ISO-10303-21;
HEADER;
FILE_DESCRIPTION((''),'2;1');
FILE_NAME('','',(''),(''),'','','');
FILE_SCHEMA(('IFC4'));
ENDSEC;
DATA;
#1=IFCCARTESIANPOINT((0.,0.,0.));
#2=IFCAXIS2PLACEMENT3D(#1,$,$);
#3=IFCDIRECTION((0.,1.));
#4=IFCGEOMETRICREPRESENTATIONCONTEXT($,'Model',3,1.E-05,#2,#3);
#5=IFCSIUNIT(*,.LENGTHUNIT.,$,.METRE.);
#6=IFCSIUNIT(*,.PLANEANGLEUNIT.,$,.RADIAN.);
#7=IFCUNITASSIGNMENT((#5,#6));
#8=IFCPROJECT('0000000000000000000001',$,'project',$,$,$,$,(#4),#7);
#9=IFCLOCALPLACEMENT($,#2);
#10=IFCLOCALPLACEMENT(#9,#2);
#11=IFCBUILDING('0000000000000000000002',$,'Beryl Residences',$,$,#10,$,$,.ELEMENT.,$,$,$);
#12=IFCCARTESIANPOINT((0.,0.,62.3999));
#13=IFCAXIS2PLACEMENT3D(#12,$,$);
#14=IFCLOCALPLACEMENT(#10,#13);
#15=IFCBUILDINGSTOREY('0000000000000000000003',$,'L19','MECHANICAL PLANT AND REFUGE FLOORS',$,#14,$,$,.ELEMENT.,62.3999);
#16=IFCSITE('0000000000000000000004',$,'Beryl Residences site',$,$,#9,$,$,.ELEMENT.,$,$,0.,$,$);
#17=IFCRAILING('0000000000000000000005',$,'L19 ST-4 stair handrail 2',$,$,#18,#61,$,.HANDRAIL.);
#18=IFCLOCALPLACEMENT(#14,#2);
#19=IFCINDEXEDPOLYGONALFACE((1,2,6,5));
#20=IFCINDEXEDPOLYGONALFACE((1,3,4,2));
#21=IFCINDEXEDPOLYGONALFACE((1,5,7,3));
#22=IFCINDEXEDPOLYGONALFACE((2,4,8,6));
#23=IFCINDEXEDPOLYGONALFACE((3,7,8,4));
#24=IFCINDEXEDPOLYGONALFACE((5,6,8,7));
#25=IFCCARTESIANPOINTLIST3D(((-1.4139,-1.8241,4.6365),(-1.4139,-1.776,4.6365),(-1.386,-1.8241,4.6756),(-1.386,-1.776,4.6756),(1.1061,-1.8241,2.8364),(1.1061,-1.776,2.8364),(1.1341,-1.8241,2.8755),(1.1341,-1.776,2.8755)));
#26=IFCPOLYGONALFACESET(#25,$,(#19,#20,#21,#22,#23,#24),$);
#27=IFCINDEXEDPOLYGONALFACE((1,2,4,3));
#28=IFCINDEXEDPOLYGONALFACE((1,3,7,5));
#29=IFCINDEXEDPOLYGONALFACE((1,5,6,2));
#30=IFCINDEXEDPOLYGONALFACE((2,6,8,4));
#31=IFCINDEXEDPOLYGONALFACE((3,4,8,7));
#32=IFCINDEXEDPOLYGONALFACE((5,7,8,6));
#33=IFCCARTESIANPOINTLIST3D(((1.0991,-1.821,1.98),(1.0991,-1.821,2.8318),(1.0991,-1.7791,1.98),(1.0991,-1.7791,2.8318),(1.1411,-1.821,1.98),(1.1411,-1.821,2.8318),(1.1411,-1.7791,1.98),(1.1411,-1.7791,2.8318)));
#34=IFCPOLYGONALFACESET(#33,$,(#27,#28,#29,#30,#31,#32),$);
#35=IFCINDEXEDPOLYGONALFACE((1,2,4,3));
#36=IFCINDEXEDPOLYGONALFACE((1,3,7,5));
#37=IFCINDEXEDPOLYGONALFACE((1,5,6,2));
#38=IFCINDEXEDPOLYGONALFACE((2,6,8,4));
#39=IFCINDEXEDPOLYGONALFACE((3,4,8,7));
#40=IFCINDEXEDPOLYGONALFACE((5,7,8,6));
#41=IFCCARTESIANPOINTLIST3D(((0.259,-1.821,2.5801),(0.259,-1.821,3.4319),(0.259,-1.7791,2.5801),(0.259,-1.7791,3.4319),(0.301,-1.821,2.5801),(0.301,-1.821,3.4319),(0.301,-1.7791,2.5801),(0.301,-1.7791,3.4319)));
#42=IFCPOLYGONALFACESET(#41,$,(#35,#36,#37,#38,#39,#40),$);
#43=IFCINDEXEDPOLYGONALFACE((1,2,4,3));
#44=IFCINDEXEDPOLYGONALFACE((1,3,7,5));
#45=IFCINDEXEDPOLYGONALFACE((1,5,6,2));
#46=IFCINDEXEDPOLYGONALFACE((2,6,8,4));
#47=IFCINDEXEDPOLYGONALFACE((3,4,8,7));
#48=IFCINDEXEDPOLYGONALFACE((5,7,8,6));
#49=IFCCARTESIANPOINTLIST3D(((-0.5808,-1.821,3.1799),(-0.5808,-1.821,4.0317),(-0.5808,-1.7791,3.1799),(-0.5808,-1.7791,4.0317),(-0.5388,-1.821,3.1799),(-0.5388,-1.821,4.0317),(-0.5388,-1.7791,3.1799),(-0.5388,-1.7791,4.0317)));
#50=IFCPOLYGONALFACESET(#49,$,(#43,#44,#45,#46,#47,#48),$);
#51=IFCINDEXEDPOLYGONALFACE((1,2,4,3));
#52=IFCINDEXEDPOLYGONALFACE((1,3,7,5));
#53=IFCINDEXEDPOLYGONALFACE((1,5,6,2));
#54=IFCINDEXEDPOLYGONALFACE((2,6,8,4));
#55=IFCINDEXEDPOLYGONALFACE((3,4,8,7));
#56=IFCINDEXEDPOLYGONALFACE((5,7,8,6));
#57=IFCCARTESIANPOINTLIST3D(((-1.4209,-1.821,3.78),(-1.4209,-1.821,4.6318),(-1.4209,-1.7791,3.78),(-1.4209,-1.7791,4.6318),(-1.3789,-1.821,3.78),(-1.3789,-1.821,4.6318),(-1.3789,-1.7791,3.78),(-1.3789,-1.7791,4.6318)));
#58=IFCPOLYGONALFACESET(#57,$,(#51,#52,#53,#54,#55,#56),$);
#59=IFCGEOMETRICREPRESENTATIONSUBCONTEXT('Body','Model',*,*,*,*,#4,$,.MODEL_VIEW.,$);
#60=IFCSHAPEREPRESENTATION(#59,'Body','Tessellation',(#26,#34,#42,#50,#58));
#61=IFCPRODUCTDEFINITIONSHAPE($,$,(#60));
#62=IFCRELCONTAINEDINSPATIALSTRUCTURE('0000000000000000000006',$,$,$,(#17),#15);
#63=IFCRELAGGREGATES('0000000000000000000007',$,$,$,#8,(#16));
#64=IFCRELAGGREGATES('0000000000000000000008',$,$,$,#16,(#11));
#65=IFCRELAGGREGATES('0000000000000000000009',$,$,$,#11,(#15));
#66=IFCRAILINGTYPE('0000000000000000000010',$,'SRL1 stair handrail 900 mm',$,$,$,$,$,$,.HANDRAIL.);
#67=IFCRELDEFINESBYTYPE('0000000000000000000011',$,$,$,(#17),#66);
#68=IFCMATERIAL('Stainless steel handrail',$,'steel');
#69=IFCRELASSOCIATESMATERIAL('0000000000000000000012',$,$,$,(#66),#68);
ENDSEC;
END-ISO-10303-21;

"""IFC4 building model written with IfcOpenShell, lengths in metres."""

from ifc_helpers import new_model, si_unit, direction, frame, origin, origin_2d, place, context, subcontext, project, spatial, rectangle, extrude, material, type_object, element, save


model = new_model("IFC4")

# Units and contexts
model_context = context("Model", 3, precision=1e-05, world=origin(), true_north=direction((0.0, 1.0)))
body_context = subcontext(model_context, "Body", "Model", "MODEL_VIEW")
ifc_project = project(units=[si_unit("LENGTHUNIT", "METRE"), si_unit("PLANEANGLEUNIT", "RADIAN")], contexts=[model_context])

# Site, building, storey
site_placement = place(None, origin())
site = spatial("IfcSite", under=ifc_project, at=site_placement, Name="Beryl Residences site", CompositionType="ELEMENT", RefElevation=0.0)
building_placement = place(site_placement, origin())
building = spatial("IfcBuilding", under=site, at=building_placement, Name="Beryl Residences", CompositionType="ELEMENT")
storey_placement = place(building_placement, frame((0.0, 0.0, 62.3999)))
storey = spatial("IfcBuildingStorey", under=building, at=storey_placement, Name="L19", Description="MECHANICAL PLANT AND REFUGE FLOORS", CompositionType="ELEMENT", Elevation=62.3999)

# Railing
ifc_material_1 = material(Name="Stainless steel handrail", Category="steel")
railing_type_1 = type_object("IfcRailingType", Name="SRL1 stair handrail 900 mm", PredefinedType="HANDRAIL", material=ifc_material_1)
railing_1_placement = place(storey_placement, frame((1.1201, -1.8, 1.98)))
element("IfcRailing", 1, at=railing_1_placement, inside=storey, type_object=railing_type_1, Name="L19 ST-4 stair handrail 2", PredefinedType="HANDRAIL", context=body_context, shape_type="SweptSolid", body=[
    extrude(rectangle(XDim=0.0481, YDim=0.0481, at=origin_2d()), frame((0.0, 0.0, 0.876), z_axis=(-0.813728, 0.0, 0.581246), x_axis=(0.0, -1.0, 0.0)), (0.0, 0.0, 1.0), 3.0969),
    extrude(rectangle(XDim=0.042, YDim=0.042, at=origin_2d()), origin(), (0.0, 0.0, 1.0), 0.8518),
    extrude(rectangle(XDim=0.042, YDim=0.042, at=origin_2d()), frame((-0.8401, 0.0, 0.6001)), (0.0, 0.0, 1.0), 0.8518),
    extrude(rectangle(XDim=0.042, YDim=0.042, at=origin_2d()), frame((-1.6799, 0.0, 1.2)), (0.0, 0.0, 1.0), 0.8518),
    extrude(rectangle(XDim=0.042, YDim=0.042, at=origin_2d()), frame((-2.52, 0.0, 1.8)), (0.0, 0.0, 1.0), 0.8518),
])

save(model, "model.ifc")
